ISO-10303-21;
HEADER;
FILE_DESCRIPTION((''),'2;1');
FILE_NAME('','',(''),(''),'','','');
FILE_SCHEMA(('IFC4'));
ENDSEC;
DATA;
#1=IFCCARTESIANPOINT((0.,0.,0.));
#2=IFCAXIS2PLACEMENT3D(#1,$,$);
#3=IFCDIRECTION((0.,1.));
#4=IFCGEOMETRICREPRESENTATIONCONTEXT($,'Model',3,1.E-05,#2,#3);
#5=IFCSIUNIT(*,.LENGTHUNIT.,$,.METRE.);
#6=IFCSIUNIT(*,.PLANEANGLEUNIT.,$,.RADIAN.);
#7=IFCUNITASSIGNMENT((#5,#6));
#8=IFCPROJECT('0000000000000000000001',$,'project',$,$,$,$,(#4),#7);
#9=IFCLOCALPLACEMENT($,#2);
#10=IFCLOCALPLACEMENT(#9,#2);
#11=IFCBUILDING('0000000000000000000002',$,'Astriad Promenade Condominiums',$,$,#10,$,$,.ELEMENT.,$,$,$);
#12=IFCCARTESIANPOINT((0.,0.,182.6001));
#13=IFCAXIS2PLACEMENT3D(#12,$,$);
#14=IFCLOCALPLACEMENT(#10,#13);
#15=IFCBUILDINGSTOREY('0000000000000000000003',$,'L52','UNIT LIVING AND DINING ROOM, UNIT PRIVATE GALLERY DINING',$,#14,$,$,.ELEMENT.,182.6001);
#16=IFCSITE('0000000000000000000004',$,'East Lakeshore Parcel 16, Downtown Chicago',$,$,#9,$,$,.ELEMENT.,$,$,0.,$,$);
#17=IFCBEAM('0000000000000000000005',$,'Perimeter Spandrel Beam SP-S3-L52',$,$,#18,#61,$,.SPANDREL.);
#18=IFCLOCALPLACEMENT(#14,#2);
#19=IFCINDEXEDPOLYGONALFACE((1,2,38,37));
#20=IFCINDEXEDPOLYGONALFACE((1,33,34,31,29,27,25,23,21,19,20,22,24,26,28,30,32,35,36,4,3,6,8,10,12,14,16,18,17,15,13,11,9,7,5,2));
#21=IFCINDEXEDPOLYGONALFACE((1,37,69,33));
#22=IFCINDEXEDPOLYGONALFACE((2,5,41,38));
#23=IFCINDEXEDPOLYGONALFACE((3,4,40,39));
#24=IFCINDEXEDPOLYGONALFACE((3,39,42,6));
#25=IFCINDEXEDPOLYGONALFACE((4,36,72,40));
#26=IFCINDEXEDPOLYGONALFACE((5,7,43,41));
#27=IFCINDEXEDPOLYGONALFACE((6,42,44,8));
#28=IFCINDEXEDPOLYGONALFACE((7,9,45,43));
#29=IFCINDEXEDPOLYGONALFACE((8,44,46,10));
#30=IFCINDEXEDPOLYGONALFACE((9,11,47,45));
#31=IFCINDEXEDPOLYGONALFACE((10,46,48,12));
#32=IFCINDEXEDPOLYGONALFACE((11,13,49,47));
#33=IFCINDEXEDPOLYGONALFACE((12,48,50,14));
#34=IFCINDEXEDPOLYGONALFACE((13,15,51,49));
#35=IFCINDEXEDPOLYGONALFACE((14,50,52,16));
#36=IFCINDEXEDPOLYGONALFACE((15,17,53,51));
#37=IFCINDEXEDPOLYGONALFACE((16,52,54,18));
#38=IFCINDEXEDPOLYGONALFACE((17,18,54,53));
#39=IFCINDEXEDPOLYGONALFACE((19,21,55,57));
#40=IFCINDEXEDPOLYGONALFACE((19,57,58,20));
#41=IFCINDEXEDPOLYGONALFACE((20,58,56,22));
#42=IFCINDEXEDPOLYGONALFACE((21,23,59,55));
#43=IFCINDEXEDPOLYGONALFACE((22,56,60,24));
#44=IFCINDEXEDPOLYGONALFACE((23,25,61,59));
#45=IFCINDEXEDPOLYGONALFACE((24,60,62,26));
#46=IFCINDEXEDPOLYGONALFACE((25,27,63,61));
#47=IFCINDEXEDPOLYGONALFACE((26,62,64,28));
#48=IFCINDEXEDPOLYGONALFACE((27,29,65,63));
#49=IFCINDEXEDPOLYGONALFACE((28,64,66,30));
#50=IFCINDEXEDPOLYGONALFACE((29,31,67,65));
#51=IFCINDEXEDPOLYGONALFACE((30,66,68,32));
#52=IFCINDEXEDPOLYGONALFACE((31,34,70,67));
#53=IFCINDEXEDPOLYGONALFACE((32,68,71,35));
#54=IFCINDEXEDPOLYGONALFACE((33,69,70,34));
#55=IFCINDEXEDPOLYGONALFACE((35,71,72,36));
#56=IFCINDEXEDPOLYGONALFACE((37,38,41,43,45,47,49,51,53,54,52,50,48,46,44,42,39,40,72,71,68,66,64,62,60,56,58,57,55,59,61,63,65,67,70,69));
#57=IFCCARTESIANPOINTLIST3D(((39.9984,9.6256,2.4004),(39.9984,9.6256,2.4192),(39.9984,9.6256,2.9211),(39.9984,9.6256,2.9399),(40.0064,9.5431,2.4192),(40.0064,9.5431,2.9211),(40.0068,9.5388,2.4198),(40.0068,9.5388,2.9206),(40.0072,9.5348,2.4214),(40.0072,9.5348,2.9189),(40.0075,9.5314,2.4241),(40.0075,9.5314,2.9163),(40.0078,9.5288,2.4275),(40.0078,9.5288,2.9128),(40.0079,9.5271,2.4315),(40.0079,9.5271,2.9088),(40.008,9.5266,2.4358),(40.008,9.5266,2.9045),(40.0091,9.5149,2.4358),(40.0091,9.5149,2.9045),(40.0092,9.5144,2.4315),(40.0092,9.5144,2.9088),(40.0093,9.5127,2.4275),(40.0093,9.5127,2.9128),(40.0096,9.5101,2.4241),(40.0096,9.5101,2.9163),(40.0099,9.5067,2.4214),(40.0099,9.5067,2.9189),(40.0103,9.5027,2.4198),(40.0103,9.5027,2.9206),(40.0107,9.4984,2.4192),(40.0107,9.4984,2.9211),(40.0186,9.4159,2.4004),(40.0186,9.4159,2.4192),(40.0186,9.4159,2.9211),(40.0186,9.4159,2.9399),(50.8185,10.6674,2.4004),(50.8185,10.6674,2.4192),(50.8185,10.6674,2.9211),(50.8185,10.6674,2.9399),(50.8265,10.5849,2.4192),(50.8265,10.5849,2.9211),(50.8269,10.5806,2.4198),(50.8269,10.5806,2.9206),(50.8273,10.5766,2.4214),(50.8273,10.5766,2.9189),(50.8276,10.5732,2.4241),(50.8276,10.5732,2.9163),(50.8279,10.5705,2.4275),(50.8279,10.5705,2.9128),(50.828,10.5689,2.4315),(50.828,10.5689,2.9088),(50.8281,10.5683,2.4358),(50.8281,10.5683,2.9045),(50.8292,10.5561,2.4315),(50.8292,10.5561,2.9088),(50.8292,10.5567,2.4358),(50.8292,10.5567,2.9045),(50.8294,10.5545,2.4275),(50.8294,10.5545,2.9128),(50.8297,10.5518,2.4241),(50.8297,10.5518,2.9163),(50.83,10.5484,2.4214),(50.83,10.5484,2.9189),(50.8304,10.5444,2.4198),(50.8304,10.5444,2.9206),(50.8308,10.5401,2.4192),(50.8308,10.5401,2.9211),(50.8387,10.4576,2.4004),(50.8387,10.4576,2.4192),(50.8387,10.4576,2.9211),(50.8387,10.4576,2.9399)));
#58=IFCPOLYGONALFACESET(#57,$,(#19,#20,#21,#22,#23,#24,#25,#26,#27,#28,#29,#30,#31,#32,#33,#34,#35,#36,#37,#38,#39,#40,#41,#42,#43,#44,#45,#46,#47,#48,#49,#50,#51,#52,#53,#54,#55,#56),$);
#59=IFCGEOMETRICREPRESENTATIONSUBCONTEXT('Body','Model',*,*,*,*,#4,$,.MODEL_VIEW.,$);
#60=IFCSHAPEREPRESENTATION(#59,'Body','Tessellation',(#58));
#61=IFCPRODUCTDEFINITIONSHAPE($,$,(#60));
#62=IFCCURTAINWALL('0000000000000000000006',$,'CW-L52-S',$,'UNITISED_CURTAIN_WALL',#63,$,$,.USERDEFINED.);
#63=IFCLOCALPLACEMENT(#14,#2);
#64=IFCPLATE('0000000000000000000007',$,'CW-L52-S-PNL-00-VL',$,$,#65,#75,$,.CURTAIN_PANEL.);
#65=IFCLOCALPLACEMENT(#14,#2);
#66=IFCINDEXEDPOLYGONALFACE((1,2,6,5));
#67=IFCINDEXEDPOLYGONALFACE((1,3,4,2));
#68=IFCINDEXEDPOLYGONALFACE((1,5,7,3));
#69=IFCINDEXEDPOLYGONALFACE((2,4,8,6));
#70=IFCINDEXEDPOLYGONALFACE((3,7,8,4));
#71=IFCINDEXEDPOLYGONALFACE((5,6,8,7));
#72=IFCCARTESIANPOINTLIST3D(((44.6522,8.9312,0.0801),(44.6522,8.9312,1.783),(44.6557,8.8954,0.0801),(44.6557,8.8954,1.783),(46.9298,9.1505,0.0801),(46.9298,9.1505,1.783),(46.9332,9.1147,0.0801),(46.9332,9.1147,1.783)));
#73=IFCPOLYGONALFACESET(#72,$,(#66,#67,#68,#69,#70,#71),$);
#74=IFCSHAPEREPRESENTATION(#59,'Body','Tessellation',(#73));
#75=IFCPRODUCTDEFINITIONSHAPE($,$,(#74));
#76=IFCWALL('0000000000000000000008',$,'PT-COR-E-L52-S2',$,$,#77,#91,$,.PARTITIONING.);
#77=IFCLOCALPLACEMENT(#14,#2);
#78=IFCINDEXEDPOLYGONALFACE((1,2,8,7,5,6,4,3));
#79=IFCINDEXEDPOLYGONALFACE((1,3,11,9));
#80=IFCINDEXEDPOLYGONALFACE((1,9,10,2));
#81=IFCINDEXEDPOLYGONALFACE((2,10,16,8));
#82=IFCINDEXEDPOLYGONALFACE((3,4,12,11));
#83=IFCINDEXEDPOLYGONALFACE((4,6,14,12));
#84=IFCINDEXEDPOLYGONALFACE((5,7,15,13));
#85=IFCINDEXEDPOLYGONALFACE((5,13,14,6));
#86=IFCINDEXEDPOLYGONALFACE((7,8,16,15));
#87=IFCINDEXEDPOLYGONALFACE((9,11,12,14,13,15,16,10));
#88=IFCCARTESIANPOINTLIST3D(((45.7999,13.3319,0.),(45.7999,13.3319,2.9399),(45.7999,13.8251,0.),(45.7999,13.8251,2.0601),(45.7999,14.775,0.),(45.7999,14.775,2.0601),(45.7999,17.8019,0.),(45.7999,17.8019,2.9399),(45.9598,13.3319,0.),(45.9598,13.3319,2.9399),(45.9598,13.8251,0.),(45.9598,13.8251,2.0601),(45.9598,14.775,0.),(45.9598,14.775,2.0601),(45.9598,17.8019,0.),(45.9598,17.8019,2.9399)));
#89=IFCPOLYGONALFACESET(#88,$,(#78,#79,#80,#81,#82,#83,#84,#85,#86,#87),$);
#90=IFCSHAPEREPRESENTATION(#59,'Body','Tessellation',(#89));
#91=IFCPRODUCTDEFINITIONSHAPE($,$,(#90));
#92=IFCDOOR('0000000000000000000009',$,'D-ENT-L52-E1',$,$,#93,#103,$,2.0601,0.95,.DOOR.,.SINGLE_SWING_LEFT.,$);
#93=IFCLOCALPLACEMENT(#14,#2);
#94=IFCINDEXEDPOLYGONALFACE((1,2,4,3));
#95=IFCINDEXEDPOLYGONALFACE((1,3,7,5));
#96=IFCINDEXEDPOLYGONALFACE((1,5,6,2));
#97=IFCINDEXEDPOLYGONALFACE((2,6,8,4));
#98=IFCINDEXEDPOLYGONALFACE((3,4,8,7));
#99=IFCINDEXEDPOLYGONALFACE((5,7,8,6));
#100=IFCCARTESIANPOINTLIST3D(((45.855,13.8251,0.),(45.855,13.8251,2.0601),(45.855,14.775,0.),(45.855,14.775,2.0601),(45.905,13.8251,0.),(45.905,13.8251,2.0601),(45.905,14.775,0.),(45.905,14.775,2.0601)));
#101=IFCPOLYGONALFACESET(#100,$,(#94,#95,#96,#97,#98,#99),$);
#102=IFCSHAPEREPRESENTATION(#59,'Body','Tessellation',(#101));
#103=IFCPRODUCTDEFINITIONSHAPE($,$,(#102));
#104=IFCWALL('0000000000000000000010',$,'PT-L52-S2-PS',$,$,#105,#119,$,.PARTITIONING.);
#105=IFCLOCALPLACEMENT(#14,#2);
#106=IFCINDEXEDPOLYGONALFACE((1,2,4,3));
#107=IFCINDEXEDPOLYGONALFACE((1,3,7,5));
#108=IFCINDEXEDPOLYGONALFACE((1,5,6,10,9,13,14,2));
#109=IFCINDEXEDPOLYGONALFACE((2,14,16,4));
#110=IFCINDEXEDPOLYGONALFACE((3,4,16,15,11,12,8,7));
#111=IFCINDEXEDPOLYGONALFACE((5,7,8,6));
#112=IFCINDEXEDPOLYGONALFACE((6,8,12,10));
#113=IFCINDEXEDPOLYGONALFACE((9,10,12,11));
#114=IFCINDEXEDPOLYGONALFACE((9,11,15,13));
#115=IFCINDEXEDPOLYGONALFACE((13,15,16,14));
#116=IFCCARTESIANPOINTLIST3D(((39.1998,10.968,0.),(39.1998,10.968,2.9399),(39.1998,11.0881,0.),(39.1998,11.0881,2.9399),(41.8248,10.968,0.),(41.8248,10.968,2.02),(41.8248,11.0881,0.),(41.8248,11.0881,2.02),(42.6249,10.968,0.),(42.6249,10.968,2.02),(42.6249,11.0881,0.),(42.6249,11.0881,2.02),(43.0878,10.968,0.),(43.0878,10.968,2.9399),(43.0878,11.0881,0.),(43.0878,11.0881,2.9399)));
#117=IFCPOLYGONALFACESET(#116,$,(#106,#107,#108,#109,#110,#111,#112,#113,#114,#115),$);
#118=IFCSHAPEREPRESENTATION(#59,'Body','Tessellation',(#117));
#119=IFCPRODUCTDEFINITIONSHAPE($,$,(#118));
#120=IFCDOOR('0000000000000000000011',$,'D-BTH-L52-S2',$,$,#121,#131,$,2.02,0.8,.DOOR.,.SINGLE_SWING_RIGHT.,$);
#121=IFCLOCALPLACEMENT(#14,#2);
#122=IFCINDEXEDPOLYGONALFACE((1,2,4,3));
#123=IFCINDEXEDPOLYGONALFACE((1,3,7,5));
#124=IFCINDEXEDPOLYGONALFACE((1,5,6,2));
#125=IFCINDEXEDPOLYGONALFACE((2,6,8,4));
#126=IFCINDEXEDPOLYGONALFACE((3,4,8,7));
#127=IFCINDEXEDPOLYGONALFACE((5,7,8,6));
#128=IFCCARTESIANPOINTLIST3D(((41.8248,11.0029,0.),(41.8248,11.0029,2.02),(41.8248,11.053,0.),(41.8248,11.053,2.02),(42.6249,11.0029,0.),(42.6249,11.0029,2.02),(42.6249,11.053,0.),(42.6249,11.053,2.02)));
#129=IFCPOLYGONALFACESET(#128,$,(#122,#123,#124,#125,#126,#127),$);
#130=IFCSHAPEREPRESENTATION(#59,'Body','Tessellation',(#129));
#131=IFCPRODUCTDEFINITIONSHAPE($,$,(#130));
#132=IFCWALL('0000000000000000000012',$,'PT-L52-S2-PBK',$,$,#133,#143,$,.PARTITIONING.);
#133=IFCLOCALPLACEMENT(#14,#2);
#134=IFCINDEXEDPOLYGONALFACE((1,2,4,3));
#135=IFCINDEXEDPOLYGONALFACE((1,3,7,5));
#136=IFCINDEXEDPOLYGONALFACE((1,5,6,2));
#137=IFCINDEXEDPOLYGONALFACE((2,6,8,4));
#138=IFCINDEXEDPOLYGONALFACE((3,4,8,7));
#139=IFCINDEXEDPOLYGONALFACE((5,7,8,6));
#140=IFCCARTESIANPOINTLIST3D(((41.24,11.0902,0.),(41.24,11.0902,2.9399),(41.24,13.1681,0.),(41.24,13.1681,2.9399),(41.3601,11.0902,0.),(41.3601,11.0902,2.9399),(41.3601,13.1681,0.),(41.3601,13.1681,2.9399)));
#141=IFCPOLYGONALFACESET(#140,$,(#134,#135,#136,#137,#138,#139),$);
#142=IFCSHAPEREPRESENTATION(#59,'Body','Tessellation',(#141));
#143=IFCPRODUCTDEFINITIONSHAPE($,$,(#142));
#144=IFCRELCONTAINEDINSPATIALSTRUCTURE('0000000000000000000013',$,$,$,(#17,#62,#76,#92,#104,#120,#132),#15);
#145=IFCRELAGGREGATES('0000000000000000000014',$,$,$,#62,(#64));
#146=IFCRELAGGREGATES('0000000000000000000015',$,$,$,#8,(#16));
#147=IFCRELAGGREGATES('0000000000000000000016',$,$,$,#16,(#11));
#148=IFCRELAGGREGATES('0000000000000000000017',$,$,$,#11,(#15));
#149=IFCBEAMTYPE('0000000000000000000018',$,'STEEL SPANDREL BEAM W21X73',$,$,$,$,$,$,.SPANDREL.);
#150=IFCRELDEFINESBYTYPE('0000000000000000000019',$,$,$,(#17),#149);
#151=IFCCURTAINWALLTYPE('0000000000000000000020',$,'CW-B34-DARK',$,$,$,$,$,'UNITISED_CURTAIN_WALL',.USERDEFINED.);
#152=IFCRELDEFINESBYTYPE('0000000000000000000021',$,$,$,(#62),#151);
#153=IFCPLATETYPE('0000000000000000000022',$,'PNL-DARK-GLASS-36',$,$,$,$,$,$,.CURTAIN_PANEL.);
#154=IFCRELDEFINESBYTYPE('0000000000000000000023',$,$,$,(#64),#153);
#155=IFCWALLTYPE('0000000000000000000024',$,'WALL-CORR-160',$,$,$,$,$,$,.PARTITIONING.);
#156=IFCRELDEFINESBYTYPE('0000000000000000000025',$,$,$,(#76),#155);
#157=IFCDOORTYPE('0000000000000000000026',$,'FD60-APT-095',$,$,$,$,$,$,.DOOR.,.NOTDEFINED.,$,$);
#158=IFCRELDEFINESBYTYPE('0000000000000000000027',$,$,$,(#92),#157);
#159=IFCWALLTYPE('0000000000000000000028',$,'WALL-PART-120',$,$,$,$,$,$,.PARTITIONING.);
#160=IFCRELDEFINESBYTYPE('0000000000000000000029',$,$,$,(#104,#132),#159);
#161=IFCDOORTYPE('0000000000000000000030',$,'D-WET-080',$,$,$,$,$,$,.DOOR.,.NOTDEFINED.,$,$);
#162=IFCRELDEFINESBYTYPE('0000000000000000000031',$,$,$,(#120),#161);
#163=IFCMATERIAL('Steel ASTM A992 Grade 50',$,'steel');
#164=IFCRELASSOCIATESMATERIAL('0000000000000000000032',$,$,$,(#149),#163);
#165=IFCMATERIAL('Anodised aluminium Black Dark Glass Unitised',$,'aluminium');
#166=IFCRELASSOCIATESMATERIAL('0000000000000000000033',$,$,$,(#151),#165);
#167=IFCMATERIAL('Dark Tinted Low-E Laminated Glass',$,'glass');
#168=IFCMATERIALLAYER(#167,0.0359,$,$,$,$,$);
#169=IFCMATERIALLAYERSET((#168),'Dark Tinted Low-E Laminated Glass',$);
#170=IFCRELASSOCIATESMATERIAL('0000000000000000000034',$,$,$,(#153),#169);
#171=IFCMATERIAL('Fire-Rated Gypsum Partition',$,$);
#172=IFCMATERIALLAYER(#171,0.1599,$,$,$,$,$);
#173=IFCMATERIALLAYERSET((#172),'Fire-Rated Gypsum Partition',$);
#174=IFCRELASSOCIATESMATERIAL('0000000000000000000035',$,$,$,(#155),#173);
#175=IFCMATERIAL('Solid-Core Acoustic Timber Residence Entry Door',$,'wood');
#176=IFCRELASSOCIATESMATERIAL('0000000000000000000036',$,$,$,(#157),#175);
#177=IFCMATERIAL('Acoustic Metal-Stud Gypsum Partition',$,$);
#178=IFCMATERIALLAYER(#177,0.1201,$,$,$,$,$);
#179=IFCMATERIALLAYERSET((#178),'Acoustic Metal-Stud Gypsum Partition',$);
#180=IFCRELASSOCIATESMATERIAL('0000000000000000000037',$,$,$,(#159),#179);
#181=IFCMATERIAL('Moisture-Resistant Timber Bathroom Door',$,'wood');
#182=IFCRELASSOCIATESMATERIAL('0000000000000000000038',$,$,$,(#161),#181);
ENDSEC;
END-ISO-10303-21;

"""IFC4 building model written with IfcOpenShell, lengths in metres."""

from ifc_helpers import new_model, si_unit, direction, frame, frame_2d, origin, origin_2d, place, context, subcontext, project, spatial, rectangle, i_section, extrude, source, transform, mapped, material, layer, layer_set, material_profile, profile_set, type_object, type_shapes, element, fill, aggregate, save


model = new_model("IFC4")

# Units and contexts
model_context = context("Model", 3, precision=1e-05, world=origin(), true_north=direction((0.0, 1.0)))
body_context = subcontext(model_context, "Body", "Model", "MODEL_VIEW")
ifc_project = project(units=[si_unit("LENGTHUNIT", "METRE"), si_unit("PLANEANGLEUNIT", "RADIAN")], contexts=[model_context])

# Site, building, storey
site_placement = place(None, origin())
site = spatial("IfcSite", under=ifc_project, at=site_placement, Name="East Lakeshore Parcel 16, Downtown Chicago", CompositionType="ELEMENT", RefElevation=0.0)
building_placement = place(site_placement, origin())
building = spatial("IfcBuilding", under=site, at=building_placement, Name="Astriad Promenade Condominiums", CompositionType="ELEMENT")
storey_placement = place(building_placement, frame((0.0, 0.0, 182.6001)))
storey = spatial("IfcBuildingStorey", under=building, at=storey_placement, Name="L52", Description="UNIT LIVING AND DINING ROOM, UNIT PRIVATE GALLERY DINING", CompositionType="ELEMENT", Elevation=182.6001)

# Shared definitions
ifc_material_1 = material(Name="Steel ASTM A992 Grade 50", Category="steel")

# Beam
ifc_material_profile_1 = material_profile(ifc_material_1, i_section(OverallWidth=0.2107, OverallDepth=0.5396, WebThickness=0.0117, FlangeThickness=0.0188, FilletRadius=0.0166, at=origin_2d()), Name="W21X73")
ifc_profile_set_1 = profile_set([ifc_material_profile_1], Name="Steel ASTM A992 Grade 50")
beam_type_1 = type_object("IfcBeamType", Name="STEEL SPANDREL BEAM W21X73", PredefinedType="SPANDREL", material=ifc_profile_set_1)
shared_shape_1 = source(origin(), body_context, "Body", "SweptSolid", [
    extrude(i_section(OverallWidth=0.2107, OverallDepth=0.5396, WebThickness=0.0117, FlangeThickness=0.0188, FilletRadius=0.0166, at=origin_2d()), origin(), (0.0, 0.0, 1.0), 10.8701),
])
type_shapes(beam_type_1, [shared_shape_1])
beam_1_placement = place(storey_placement, frame((40.0085, 9.5208, 2.6702), z_axis=(0.995397, 0.095836, 0.0), x_axis=(-0.095836, 0.995397, 0.0)))
element("IfcBeam", 1, at=beam_1_placement, inside=storey, type_object=beam_type_1, Name="Perimeter Spandrel Beam SP-S3-L52", PredefinedType="SPANDREL", context=body_context, shape_type="MappedRepresentation", body=[
    mapped(shared_shape_1, transform((0.0, 0.0, 0.0), scale=1.0)),
])

# Curtain wall, plate
ifc_material_2 = material(Name="Anodised aluminium Black Dark Glass Unitised", Category="aluminium")
curtain_wall_type = type_object("IfcCurtainWallType", Name="CW-B34-DARK", ElementType="UNITISED_CURTAIN_WALL", PredefinedType="USERDEFINED", material=ifc_material_2)
curtain_wall_placement = place(storey_placement, origin())
curtain_wall = element("IfcCurtainWall", 2, at=curtain_wall_placement, inside=storey, type_object=curtain_wall_type, Name="CW-L52-S", ObjectType="UNITISED_CURTAIN_WALL", PredefinedType="USERDEFINED")
ifc_material_3 = material(Name="Dark Tinted Low-E Laminated Glass", Category="glass")
ifc_layer_1 = layer(ifc_material_3, 0.0359)
ifc_layer_set_1 = layer_set([ifc_layer_1], Name="Dark Tinted Low-E Laminated Glass")
plate_type = type_object("IfcPlateType", Name="PNL-DARK-GLASS-36", PredefinedType="CURTAIN_PANEL", material=ifc_layer_set_1)
shared_shape_2 = source(origin(), body_context, "Body", "SweptSolid", [
    extrude(rectangle(XDim=2.2881, YDim=0.0359, at=origin_2d()), origin(), (0.0, 0.0, 1.0), 1.7029),
])
type_shapes(plate_type, [shared_shape_2])
plate_placement = place(storey_placement, frame((45.7927, 9.0229, 0.0801), z_axis=(0.0, 0.0, 1.0), x_axis=(-0.995396, -0.095846, 0.0)))
plate = element("IfcPlate", 3, at=plate_placement, type_object=plate_type, Name="CW-L52-S-PNL-00-VL", PredefinedType="CURTAIN_PANEL", context=body_context, shape_type="MappedRepresentation", body=[
    mapped(shared_shape_2, transform((0.0, 0.0, 0.0), scale=1.0)),
])
aggregate(curtain_wall, [plate])

# Walls, openings, doors
ifc_material_4 = material(Name="Fire-Rated Gypsum Partition")
ifc_layer_2 = layer(ifc_material_4, 0.1599)
ifc_layer_set_2 = layer_set([ifc_layer_2], Name="Fire-Rated Gypsum Partition")
wall_type_1 = type_object("IfcWallType", Name="WALL-CORR-160", PredefinedType="PARTITIONING", material=ifc_layer_set_2)
wall_1_placement = place(storey_placement, frame((45.8799, 13.332, 0.0), z_axis=(0.0, 0.0, 1.0), x_axis=(0.0, 1.0, 0.0)))
wall_1 = element("IfcWall", 4, at=wall_1_placement, inside=storey, type_object=wall_type_1, Name="PT-COR-E-L52-S2", PredefinedType="PARTITIONING", context=body_context, shape_type="SweptSolid", body=[
    extrude(rectangle(XDim=4.47, YDim=0.1599, at=frame_2d((2.2349, 0.0))), origin(), (0.0, 0.0, 1.0), 2.9399),
])
opening_1_placement = place(wall_1_placement, frame((0.4929, 0.0, 0.0)))
opening_1 = element("IfcOpeningElement", 5, at=opening_1_placement, cuts=wall_1, PredefinedType="OPENING", context=body_context, shape_type="SweptSolid", body=[
    extrude(rectangle(XDim=0.95, YDim=2.0601, at=frame_2d((0.4751, 1.03))), frame((0.0, 0.0898, 0.0), z_axis=(0.0, -1.0, 0.0), x_axis=(1.0, 0.0, 0.0)), (0.0, 0.0, 1.0), 0.1799),
])
ifc_material_5 = material(Name="Solid-Core Acoustic Timber Residence Entry Door", Category="wood")
door_type_1 = type_object("IfcDoorType", Name="FD60-APT-095", OperationType="NOTDEFINED", PredefinedType="DOOR", material=ifc_material_5)
shared_shape_3 = source(origin(), body_context, "Body", "SweptSolid", [
    extrude(rectangle(XDim=0.95, YDim=2.0601, at=frame_2d((0.4751, 1.03))), frame((0.0, 0.0249, 0.0), z_axis=(0.0, -1.0, 0.0), x_axis=(1.0, 0.0, 0.0)), (0.0, 0.0, 1.0), 0.05),
])
type_shapes(door_type_1, [shared_shape_3])
door_1_placement = place(opening_1_placement, origin())
door_1 = element("IfcDoor", 6, at=door_1_placement, inside=storey, type_object=door_type_1, Name="D-ENT-L52-E1", OperationType="SINGLE_SWING_LEFT", OverallHeight=2.0601, OverallWidth=0.95, PredefinedType="DOOR", context=body_context, shape_type="MappedRepresentation", body=[
    mapped(shared_shape_3, transform((0.0, 0.0, 0.0), scale=1.0)),
])
fill(opening_1, door_1)
ifc_material_6 = material(Name="Acoustic Metal-Stud Gypsum Partition")
ifc_layer_3 = layer(ifc_material_6, 0.1201)
ifc_layer_set_3 = layer_set([ifc_layer_3], Name="Acoustic Metal-Stud Gypsum Partition")
wall_type_2 = type_object("IfcWallType", Name="WALL-PART-120", PredefinedType="PARTITIONING", material=ifc_layer_set_3)
wall_2_placement = place(storey_placement, frame((39.2, 11.0281, 0.0), z_axis=(0.0, 0.0, 1.0), x_axis=(1.0, 0.0, 0.0)))
wall_2 = element("IfcWall", 7, at=wall_2_placement, inside=storey, type_object=wall_type_2, Name="PT-L52-S2-PS", PredefinedType="PARTITIONING", context=body_context, shape_type="SweptSolid", body=[
    extrude(rectangle(XDim=3.8879, YDim=0.1201, at=frame_2d((1.9438, 0.0))), origin(), (0.0, 0.0, 1.0), 2.9399),
])
opening_2_placement = place(wall_2_placement, frame((2.625, 0.0, 0.0)))
opening_2 = element("IfcOpeningElement", 8, at=opening_2_placement, cuts=wall_2, PredefinedType="OPENING", context=body_context, shape_type="SweptSolid", body=[
    extrude(rectangle(XDim=0.8, YDim=2.02, at=frame_2d((0.3999, 1.01))), frame((0.0, 0.0701, 0.0), z_axis=(0.0, -1.0, 0.0), x_axis=(1.0, 0.0, 0.0)), (0.0, 0.0, 1.0), 0.1401),
])
ifc_material_7 = material(Name="Moisture-Resistant Timber Bathroom Door", Category="wood")
door_type_2 = type_object("IfcDoorType", Name="D-WET-080", OperationType="NOTDEFINED", PredefinedType="DOOR", material=ifc_material_7)
shared_shape_4 = source(origin(), body_context, "Body", "SweptSolid", [
    extrude(rectangle(XDim=0.8, YDim=2.02, at=frame_2d((0.3999, 1.01))), frame((0.0, 0.0249, 0.0), z_axis=(0.0, -1.0, 0.0), x_axis=(1.0, 0.0, 0.0)), (0.0, 0.0, 1.0), 0.05),
])
type_shapes(door_type_2, [shared_shape_4])
door_2_placement = place(opening_2_placement, origin())
door_2 = element("IfcDoor", 9, at=door_2_placement, inside=storey, type_object=door_type_2, Name="D-BTH-L52-S2", OperationType="SINGLE_SWING_RIGHT", OverallHeight=2.02, OverallWidth=0.8, PredefinedType="DOOR", context=body_context, shape_type="MappedRepresentation", body=[
    mapped(shared_shape_4, transform((0.0, 0.0, 0.0), scale=1.0)),
])
fill(opening_2, door_2)

# Wall
wall_3_placement = place(storey_placement, frame((41.3, 11.0901, 0.0), z_axis=(0.0, 0.0, 1.0), x_axis=(0.0, 1.0, 0.0)))
element("IfcWall", 10, at=wall_3_placement, inside=storey, type_object=wall_type_2, Name="PT-L52-S2-PBK", PredefinedType="PARTITIONING", context=body_context, shape_type="SweptSolid", body=[
    extrude(rectangle(XDim=2.0779, YDim=0.1201, at=frame_2d((1.0391, 0.0))), origin(), (0.0, 0.0, 1.0), 2.9399),
])

save(model, "model.ifc")
